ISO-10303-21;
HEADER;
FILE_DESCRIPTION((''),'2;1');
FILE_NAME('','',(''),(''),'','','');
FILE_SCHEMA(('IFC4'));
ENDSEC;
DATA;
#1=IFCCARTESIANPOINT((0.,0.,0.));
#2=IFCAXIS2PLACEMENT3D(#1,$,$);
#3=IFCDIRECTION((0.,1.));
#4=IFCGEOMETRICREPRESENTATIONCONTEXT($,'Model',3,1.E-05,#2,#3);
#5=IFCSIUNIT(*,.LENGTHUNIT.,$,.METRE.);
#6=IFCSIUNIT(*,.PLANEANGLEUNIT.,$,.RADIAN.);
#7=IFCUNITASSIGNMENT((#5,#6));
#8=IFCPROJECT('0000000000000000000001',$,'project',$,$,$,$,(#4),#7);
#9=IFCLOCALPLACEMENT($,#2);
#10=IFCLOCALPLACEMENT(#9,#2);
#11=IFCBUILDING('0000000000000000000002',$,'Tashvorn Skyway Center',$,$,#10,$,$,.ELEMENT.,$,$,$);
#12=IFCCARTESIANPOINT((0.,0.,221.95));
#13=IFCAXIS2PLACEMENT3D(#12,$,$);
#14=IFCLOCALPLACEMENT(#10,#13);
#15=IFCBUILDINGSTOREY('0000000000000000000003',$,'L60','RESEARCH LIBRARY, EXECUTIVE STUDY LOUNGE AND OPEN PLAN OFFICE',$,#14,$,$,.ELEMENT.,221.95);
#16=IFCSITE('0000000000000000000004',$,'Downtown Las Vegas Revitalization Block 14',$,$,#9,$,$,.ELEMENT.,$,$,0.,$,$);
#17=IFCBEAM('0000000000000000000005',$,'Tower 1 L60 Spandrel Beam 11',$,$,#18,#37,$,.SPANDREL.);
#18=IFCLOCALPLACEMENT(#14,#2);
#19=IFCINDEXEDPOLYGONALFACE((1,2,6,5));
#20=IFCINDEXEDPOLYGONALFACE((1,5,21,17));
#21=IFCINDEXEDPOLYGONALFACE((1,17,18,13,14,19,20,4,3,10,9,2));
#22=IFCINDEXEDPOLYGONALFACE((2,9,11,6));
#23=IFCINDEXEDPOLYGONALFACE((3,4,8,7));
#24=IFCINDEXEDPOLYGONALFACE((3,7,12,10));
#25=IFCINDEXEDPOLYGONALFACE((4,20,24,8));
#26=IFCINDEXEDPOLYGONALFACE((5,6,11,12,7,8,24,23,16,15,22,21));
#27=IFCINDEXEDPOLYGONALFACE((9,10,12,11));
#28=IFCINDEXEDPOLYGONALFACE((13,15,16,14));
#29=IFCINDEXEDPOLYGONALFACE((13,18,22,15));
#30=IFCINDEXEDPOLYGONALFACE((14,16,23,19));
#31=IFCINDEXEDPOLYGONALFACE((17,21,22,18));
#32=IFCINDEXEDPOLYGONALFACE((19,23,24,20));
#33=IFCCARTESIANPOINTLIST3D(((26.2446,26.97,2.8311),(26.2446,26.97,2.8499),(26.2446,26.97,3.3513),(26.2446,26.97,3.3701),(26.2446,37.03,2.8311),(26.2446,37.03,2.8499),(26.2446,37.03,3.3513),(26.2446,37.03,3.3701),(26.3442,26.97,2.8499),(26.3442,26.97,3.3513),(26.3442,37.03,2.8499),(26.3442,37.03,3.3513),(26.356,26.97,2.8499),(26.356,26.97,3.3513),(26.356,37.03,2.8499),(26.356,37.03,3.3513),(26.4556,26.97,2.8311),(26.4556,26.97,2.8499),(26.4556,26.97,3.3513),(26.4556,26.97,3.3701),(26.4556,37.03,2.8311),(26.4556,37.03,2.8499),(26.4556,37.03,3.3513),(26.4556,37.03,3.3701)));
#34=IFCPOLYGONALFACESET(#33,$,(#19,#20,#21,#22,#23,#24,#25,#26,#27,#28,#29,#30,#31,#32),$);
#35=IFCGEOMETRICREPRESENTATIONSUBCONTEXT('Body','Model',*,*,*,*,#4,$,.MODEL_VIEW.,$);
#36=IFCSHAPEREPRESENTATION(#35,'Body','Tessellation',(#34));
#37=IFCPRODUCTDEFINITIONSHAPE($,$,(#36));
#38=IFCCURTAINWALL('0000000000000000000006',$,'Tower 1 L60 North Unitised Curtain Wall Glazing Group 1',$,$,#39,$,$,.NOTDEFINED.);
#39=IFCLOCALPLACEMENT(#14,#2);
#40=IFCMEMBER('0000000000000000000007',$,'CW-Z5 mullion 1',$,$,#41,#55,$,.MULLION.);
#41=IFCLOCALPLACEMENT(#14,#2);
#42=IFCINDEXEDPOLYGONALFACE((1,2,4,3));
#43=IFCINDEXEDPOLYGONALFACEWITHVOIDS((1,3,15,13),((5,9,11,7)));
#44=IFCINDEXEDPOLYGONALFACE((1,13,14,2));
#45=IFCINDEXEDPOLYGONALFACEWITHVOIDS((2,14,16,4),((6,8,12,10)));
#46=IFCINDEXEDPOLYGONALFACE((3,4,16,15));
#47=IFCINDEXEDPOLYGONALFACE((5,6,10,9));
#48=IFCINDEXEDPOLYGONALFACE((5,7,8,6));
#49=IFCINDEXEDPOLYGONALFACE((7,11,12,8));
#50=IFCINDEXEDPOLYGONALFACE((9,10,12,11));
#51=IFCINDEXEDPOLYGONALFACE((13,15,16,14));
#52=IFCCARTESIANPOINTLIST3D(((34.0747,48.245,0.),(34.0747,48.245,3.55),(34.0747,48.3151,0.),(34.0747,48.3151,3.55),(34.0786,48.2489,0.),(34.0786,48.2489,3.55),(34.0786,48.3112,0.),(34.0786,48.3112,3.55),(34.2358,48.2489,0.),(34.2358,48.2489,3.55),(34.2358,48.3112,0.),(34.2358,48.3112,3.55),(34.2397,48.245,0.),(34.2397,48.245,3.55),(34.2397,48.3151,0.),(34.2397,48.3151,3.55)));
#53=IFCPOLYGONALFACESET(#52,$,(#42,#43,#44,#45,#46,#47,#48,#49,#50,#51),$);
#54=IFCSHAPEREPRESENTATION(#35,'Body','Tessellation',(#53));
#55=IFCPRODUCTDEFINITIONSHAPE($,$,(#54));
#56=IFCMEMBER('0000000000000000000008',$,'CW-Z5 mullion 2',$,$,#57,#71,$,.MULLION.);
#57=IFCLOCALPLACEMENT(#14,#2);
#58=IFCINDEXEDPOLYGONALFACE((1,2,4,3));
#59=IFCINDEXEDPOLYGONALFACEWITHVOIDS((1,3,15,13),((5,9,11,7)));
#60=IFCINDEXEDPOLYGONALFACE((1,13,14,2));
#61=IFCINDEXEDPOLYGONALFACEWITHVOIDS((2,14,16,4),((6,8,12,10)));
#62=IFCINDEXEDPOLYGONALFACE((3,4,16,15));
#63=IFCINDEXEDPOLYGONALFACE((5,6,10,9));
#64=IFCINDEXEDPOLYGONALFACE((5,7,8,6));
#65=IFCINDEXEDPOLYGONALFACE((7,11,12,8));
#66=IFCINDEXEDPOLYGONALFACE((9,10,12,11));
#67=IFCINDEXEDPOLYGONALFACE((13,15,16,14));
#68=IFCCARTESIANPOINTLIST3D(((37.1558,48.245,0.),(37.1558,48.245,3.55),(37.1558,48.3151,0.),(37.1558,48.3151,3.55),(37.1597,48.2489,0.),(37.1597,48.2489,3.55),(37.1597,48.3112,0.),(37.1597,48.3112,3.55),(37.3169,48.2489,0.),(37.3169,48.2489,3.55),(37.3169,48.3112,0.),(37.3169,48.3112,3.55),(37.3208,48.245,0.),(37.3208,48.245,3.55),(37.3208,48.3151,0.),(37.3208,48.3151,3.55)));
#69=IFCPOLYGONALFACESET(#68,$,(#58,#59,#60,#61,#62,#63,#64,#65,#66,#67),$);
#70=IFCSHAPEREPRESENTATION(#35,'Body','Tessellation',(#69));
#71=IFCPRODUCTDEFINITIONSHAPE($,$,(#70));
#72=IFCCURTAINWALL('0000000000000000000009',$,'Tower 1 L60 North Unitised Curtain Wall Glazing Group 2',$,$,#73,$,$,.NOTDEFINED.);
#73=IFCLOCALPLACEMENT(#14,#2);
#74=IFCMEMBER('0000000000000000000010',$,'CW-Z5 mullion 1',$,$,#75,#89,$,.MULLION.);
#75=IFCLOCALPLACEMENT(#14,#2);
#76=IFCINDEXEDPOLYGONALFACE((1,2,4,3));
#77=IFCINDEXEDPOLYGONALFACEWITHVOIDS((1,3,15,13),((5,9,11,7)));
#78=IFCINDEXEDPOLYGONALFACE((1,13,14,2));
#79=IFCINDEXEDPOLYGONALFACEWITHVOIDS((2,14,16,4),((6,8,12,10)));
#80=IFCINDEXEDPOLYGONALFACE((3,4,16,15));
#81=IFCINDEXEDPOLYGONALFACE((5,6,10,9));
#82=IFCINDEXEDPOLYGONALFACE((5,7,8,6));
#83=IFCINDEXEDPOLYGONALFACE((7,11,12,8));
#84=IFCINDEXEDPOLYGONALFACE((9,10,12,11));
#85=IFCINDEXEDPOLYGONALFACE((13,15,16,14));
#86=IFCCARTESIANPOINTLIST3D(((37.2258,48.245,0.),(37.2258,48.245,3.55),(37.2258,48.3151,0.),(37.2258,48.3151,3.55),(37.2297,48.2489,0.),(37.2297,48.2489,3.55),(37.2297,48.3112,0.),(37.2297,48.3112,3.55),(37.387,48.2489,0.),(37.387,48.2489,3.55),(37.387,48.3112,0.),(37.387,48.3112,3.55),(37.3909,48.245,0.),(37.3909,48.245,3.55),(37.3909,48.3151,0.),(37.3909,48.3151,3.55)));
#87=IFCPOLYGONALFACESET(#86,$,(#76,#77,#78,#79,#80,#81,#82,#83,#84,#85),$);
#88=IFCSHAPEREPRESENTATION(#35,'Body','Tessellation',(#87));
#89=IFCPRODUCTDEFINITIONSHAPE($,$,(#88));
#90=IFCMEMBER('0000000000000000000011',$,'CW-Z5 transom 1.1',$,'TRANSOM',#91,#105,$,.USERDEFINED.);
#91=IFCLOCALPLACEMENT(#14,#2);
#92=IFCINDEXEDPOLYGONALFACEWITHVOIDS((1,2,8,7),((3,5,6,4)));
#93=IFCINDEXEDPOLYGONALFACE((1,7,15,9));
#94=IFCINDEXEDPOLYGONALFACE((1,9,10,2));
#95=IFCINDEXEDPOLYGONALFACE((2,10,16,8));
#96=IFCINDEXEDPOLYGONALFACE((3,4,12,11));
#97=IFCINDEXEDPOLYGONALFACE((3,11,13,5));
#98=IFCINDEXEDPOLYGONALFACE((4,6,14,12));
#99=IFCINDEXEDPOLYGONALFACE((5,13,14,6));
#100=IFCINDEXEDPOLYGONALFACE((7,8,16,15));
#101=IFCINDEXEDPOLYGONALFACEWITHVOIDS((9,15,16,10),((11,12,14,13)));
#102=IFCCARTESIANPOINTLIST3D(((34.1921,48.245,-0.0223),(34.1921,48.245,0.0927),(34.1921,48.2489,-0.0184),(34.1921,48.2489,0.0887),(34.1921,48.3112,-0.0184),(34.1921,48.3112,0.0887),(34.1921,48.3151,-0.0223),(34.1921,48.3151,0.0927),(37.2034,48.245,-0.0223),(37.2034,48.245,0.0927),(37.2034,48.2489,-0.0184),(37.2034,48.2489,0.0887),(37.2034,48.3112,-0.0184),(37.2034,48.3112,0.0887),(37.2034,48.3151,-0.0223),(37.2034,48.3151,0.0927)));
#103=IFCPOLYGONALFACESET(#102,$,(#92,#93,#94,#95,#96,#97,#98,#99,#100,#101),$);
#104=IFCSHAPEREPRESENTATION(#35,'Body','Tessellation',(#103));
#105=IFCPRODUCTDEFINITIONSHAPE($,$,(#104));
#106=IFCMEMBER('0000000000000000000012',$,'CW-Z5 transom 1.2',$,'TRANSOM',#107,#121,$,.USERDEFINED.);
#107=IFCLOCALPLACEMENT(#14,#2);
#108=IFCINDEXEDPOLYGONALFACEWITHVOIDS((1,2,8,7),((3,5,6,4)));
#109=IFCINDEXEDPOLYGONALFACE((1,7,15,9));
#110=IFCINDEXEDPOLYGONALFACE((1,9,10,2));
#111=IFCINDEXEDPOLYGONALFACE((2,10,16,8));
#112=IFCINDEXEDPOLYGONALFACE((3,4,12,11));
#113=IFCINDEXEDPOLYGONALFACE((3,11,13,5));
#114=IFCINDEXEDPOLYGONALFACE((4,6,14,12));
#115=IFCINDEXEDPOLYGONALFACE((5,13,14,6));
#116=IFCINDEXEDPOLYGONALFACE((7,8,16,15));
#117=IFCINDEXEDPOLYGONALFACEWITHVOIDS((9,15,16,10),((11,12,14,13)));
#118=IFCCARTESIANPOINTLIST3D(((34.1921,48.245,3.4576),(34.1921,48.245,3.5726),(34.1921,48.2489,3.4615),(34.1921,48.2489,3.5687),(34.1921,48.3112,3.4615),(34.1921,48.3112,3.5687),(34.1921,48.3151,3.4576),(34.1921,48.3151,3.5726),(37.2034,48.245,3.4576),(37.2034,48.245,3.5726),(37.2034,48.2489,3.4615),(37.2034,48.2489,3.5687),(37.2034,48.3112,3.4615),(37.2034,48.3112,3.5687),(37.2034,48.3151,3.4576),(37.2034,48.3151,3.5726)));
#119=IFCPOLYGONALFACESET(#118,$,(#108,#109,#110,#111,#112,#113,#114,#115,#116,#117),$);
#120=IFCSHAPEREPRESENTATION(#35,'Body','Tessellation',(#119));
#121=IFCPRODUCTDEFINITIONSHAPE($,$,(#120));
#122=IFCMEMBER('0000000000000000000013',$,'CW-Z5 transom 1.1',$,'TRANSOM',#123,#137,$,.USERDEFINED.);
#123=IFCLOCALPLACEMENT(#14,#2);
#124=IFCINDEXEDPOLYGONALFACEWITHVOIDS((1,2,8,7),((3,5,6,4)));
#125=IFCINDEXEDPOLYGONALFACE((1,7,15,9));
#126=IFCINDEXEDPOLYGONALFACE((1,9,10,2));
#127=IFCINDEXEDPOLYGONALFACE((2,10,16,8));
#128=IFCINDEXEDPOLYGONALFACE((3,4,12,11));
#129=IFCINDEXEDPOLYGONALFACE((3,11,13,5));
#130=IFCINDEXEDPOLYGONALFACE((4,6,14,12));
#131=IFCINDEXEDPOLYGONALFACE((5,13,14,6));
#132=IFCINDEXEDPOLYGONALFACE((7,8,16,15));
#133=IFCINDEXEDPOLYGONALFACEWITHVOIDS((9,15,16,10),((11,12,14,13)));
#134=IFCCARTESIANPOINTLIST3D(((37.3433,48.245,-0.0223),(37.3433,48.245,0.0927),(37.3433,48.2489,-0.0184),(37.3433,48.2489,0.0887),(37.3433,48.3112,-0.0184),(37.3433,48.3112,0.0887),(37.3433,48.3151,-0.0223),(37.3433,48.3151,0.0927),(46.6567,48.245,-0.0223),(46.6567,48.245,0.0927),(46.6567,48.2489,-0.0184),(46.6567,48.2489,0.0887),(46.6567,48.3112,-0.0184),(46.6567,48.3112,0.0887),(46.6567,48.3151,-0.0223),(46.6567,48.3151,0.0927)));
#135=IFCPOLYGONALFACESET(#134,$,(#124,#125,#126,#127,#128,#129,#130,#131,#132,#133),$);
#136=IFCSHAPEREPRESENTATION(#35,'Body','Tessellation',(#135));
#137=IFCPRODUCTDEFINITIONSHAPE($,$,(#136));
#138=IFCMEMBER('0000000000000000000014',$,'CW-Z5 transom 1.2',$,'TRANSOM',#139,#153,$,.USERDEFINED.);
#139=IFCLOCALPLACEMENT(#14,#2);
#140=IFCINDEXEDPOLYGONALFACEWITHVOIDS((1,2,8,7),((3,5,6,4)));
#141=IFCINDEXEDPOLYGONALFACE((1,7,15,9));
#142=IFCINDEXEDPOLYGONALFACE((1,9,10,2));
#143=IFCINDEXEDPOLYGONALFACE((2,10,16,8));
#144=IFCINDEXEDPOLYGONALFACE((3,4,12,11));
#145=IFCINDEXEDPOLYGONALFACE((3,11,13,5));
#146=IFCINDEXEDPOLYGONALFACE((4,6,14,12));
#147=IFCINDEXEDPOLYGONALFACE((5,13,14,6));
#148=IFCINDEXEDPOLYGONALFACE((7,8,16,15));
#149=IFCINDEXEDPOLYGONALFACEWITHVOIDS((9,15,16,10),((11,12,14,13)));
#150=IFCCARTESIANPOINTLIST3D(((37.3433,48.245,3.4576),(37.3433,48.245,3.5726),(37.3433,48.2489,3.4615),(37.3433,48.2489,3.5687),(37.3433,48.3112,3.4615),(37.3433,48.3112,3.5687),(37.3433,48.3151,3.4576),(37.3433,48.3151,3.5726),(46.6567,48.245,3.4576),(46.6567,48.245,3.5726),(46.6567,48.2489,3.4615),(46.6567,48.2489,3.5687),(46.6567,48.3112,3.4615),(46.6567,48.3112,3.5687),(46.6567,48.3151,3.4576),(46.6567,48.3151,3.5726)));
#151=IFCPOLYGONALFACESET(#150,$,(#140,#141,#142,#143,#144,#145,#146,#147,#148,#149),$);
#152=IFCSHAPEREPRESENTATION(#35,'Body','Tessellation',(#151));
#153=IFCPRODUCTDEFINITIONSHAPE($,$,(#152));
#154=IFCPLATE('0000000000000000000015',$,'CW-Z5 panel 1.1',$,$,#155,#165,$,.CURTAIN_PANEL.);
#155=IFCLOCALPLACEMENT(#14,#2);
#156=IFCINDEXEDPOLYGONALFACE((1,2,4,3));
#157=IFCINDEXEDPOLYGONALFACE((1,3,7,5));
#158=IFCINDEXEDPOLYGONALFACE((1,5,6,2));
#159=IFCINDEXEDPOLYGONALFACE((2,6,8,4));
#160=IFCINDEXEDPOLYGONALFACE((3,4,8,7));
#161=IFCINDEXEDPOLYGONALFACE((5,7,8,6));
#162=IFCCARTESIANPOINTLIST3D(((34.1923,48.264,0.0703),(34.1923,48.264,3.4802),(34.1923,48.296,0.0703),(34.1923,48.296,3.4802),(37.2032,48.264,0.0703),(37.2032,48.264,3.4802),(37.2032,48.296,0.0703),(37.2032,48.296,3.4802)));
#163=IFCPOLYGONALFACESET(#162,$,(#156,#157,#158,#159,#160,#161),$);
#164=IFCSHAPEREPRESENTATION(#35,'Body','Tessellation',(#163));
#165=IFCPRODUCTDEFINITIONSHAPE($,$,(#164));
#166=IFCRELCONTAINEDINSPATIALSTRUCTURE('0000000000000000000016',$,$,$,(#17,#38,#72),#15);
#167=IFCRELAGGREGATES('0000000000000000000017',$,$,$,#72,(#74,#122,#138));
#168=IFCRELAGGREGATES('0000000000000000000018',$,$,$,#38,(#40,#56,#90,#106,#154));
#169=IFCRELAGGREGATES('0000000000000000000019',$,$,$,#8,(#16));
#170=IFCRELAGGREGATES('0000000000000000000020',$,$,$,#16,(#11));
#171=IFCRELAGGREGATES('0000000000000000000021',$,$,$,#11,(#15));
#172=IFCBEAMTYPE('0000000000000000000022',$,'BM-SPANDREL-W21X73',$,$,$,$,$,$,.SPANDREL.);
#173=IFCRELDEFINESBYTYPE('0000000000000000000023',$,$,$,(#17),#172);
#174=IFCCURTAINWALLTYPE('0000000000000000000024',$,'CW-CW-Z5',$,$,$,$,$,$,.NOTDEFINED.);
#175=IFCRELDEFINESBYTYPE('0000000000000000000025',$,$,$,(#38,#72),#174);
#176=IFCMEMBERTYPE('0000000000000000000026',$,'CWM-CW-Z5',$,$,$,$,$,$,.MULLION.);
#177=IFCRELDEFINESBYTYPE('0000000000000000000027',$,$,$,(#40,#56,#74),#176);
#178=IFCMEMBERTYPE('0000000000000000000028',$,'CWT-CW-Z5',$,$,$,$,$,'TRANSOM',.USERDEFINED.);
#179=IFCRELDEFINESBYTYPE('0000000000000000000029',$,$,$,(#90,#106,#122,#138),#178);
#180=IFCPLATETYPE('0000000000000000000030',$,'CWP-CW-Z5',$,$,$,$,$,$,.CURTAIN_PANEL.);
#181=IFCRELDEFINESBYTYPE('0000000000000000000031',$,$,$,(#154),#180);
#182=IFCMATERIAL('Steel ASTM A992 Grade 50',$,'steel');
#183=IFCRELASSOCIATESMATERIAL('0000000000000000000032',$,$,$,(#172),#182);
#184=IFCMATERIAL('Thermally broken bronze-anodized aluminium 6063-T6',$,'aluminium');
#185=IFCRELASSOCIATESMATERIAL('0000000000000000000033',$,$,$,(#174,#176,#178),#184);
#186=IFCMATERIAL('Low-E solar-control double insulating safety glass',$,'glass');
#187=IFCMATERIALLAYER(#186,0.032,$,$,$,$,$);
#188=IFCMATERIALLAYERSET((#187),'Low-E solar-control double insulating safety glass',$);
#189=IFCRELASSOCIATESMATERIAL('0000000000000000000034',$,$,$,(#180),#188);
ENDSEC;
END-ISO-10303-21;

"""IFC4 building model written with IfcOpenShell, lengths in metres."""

from ifc_helpers import new_model, si_unit, direction, frame, origin, origin_2d, place, context, subcontext, project, spatial, rectangle, hollow_rectangle, i_section, extrude, material, layer, layer_set, material_profile, profile_set, type_object, element, aggregate, save


model = new_model("IFC4")

# Units and contexts
model_context = context("Model", 3, precision=1e-05, world=origin(), true_north=direction((0.0, 1.0)))
body_context = subcontext(model_context, "Body", "Model", "MODEL_VIEW")
ifc_project = project(units=[si_unit("LENGTHUNIT", "METRE"), si_unit("PLANEANGLEUNIT", "RADIAN")], contexts=[model_context])

# Site, building, storey
site_placement = place(None, origin())
site = spatial("IfcSite", under=ifc_project, at=site_placement, Name="Downtown Las Vegas Revitalization Block 14", CompositionType="ELEMENT", RefElevation=0.0)
building_placement = place(site_placement, origin())
building = spatial("IfcBuilding", under=site, at=building_placement, Name="Tashvorn Skyway Center", CompositionType="ELEMENT")
storey_placement = place(building_placement, frame((0.0, 0.0, 221.95)))
storey = spatial("IfcBuildingStorey", under=building, at=storey_placement, Name="L60", Description="RESEARCH LIBRARY, EXECUTIVE STUDY LOUNGE AND OPEN PLAN OFFICE", CompositionType="ELEMENT", Elevation=221.95)

# Beam
ifc_material_1 = material(Name="Steel ASTM A992 Grade 50", Category="steel")
ifc_material_profile_1 = material_profile(ifc_material_1, i_section(OverallWidth=0.2109, OverallDepth=0.5391, WebThickness=0.0117, FlangeThickness=0.0188, at=origin_2d()), Name="W21X73")
ifc_profile_set_1 = profile_set([ifc_material_profile_1], Name="Steel ASTM A992 Grade 50")
beam_type_1 = type_object("IfcBeamType", Name="BM-SPANDREL-W21X73", PredefinedType="SPANDREL", material=ifc_profile_set_1)
beam_1_placement = place(storey_placement, frame((26.3501, 37.03, 3.1006), z_axis=(0.0, -1.0, 0.0), x_axis=(1.0, 0.0, 0.0)))
element("IfcBeam", 1, at=beam_1_placement, inside=storey, type_object=beam_type_1, Name="Tower 1 L60 Spandrel Beam 11", PredefinedType="SPANDREL", context=body_context, shape_type="SweptSolid", body=[
    extrude(i_section(OverallWidth=0.2109, OverallDepth=0.5391, WebThickness=0.0117, FlangeThickness=0.0188, at=origin_2d()), origin(), (0.0, 0.0, 1.0), 10.0601),
])

# Curtain wall, members
ifc_material_2 = material(Name="Thermally broken bronze-anodized aluminium 6063-T6", Category="aluminium")
curtain_wall_type = type_object("IfcCurtainWallType", Name="CW-CW-Z5", PredefinedType="NOTDEFINED", material=ifc_material_2)
curtain_wall_1_placement = place(storey_placement, origin())
curtain_wall_1 = element("IfcCurtainWall", 2, at=curtain_wall_1_placement, inside=storey, type_object=curtain_wall_type, Name="Tower 1 L60 North Unitised Curtain Wall Glazing Group 1", PredefinedType="NOTDEFINED")
ifc_material_profile_2 = material_profile(ifc_material_2, hollow_rectangle(XDim=0.0701, YDim=0.165, WallThickness=0.0039, at=origin_2d()), Name="ALU-MULL-70x165")
ifc_profile_set_2 = profile_set([ifc_material_profile_2], Name="Thermally broken bronze-anodized aluminium 6063-T6")
member_type_1 = type_object("IfcMemberType", Name="CWM-CW-Z5", PredefinedType="MULLION", material=ifc_profile_set_2)
member_1_placement = place(storey_placement, frame((34.1572, 48.28, 0.0), z_axis=(0.0, 0.0, 1.0), x_axis=(0.0, 1.0, 0.0)))
member_1 = element("IfcMember", 3, at=member_1_placement, type_object=member_type_1, Name="CW-Z5 mullion 1", PredefinedType="MULLION", context=body_context, shape_type="SweptSolid", body=[
    extrude(hollow_rectangle(XDim=0.0701, YDim=0.165, WallThickness=0.0039, at=origin_2d()), origin(), (0.0, 0.0, 1.0), 3.55),
])
member_2_placement = place(storey_placement, frame((37.2383, 48.28, 0.0), z_axis=(0.0, 0.0, 1.0), x_axis=(0.0, 1.0, 0.0)))
member_2 = element("IfcMember", 4, at=member_2_placement, type_object=member_type_1, Name="CW-Z5 mullion 2", PredefinedType="MULLION", context=body_context, shape_type="SweptSolid", body=[
    extrude(hollow_rectangle(XDim=0.0701, YDim=0.165, WallThickness=0.0039, at=origin_2d()), origin(), (0.0, 0.0, 1.0), 3.55),
])

# Curtain wall, member
curtain_wall_2_placement = place(storey_placement, origin())
curtain_wall_2 = element("IfcCurtainWall", 5, at=curtain_wall_2_placement, inside=storey, type_object=curtain_wall_type, Name="Tower 1 L60 North Unitised Curtain Wall Glazing Group 2", PredefinedType="NOTDEFINED")
member_3_placement = place(storey_placement, frame((37.3083, 48.28, 0.0), z_axis=(0.0, 0.0, 1.0), x_axis=(0.0, 1.0, 0.0)))
member_3 = element("IfcMember", 6, at=member_3_placement, type_object=member_type_1, Name="CW-Z5 mullion 1", PredefinedType="MULLION", context=body_context, shape_type="SweptSolid", body=[
    extrude(hollow_rectangle(XDim=0.0701, YDim=0.165, WallThickness=0.0039, at=origin_2d()), origin(), (0.0, 0.0, 1.0), 3.55),
])

# Members
ifc_material_profile_3 = material_profile(ifc_material_2, hollow_rectangle(XDim=0.0701, YDim=0.115, WallThickness=0.0039, at=origin_2d()), Name="ALU-TRAN-70x115")
ifc_profile_set_3 = profile_set([ifc_material_profile_3], Name="Thermally broken bronze-anodized aluminium 6063-T6")
member_type_2 = type_object("IfcMemberType", Name="CWT-CW-Z5", ElementType="TRANSOM", PredefinedType="USERDEFINED", material=ifc_profile_set_3)
member_4_placement = place(storey_placement, frame((34.1921, 48.28, 0.0352), z_axis=(1.0, 0.0, 0.0), x_axis=(0.0, 1.0, 0.0)))
member_4 = element("IfcMember", 7, at=member_4_placement, type_object=member_type_2, Name="CW-Z5 transom 1.1", ObjectType="TRANSOM", PredefinedType="USERDEFINED", context=body_context, shape_type="SweptSolid", body=[
    extrude(hollow_rectangle(XDim=0.0701, YDim=0.115, WallThickness=0.0039, at=origin_2d()), origin(), (0.0, 0.0, 1.0), 3.0112),
])
member_5_placement = place(storey_placement, frame((34.1921, 48.28, 3.5151), z_axis=(1.0, 0.0, 0.0), x_axis=(0.0, 1.0, 0.0)))
member_5 = element("IfcMember", 8, at=member_5_placement, type_object=member_type_2, Name="CW-Z5 transom 1.2", ObjectType="TRANSOM", PredefinedType="USERDEFINED", context=body_context, shape_type="SweptSolid", body=[
    extrude(hollow_rectangle(XDim=0.0701, YDim=0.115, WallThickness=0.0039, at=origin_2d()), origin(), (0.0, 0.0, 1.0), 3.0112),
])
member_6_placement = place(storey_placement, frame((37.3433, 48.28, 0.0352), z_axis=(1.0, 0.0, 0.0), x_axis=(0.0, 1.0, 0.0)))
member_6 = element("IfcMember", 9, at=member_6_placement, type_object=member_type_2, Name="CW-Z5 transom 1.1", ObjectType="TRANSOM", PredefinedType="USERDEFINED", context=body_context, shape_type="SweptSolid", body=[
    extrude(hollow_rectangle(XDim=0.0701, YDim=0.115, WallThickness=0.0039, at=origin_2d()), origin(), (0.0, 0.0, 1.0), 9.3135),
])
member_7_placement = place(storey_placement, frame((37.3433, 48.28, 3.5151), z_axis=(1.0, 0.0, 0.0), x_axis=(0.0, 1.0, 0.0)))
member_7 = element("IfcMember", 10, at=member_7_placement, type_object=member_type_2, Name="CW-Z5 transom 1.2", ObjectType="TRANSOM", PredefinedType="USERDEFINED", context=body_context, shape_type="SweptSolid", body=[
    extrude(hollow_rectangle(XDim=0.0701, YDim=0.115, WallThickness=0.0039, at=origin_2d()), origin(), (0.0, 0.0, 1.0), 9.3135),
])
aggregate(curtain_wall_2, [member_3, member_6, member_7])

# Plate
ifc_material_3 = material(Name="Low-E solar-control double insulating safety glass", Category="glass")
ifc_layer_1 = layer(ifc_material_3, 0.032)
ifc_layer_set_1 = layer_set([ifc_layer_1], Name="Low-E solar-control double insulating safety glass")
plate_type = type_object("IfcPlateType", Name="CWP-CW-Z5", PredefinedType="CURTAIN_PANEL", material=ifc_layer_set_1)
plate_placement = place(storey_placement, frame((35.6978, 48.28, 0.0703), z_axis=(0.0, 0.0, 1.0), x_axis=(1.0, 0.0, 0.0)))
plate = element("IfcPlate", 11, at=plate_placement, type_object=plate_type, Name="CW-Z5 panel 1.1", PredefinedType="CURTAIN_PANEL", context=body_context, shape_type="SweptSolid", body=[
    extrude(rectangle(XDim=3.011, YDim=0.032, at=origin_2d()), origin(), (0.0, 0.0, 1.0), 3.4099),
])
aggregate(curtain_wall_1, [member_1, member_2, member_4, member_5, plate])

save(model, "model.ifc")
